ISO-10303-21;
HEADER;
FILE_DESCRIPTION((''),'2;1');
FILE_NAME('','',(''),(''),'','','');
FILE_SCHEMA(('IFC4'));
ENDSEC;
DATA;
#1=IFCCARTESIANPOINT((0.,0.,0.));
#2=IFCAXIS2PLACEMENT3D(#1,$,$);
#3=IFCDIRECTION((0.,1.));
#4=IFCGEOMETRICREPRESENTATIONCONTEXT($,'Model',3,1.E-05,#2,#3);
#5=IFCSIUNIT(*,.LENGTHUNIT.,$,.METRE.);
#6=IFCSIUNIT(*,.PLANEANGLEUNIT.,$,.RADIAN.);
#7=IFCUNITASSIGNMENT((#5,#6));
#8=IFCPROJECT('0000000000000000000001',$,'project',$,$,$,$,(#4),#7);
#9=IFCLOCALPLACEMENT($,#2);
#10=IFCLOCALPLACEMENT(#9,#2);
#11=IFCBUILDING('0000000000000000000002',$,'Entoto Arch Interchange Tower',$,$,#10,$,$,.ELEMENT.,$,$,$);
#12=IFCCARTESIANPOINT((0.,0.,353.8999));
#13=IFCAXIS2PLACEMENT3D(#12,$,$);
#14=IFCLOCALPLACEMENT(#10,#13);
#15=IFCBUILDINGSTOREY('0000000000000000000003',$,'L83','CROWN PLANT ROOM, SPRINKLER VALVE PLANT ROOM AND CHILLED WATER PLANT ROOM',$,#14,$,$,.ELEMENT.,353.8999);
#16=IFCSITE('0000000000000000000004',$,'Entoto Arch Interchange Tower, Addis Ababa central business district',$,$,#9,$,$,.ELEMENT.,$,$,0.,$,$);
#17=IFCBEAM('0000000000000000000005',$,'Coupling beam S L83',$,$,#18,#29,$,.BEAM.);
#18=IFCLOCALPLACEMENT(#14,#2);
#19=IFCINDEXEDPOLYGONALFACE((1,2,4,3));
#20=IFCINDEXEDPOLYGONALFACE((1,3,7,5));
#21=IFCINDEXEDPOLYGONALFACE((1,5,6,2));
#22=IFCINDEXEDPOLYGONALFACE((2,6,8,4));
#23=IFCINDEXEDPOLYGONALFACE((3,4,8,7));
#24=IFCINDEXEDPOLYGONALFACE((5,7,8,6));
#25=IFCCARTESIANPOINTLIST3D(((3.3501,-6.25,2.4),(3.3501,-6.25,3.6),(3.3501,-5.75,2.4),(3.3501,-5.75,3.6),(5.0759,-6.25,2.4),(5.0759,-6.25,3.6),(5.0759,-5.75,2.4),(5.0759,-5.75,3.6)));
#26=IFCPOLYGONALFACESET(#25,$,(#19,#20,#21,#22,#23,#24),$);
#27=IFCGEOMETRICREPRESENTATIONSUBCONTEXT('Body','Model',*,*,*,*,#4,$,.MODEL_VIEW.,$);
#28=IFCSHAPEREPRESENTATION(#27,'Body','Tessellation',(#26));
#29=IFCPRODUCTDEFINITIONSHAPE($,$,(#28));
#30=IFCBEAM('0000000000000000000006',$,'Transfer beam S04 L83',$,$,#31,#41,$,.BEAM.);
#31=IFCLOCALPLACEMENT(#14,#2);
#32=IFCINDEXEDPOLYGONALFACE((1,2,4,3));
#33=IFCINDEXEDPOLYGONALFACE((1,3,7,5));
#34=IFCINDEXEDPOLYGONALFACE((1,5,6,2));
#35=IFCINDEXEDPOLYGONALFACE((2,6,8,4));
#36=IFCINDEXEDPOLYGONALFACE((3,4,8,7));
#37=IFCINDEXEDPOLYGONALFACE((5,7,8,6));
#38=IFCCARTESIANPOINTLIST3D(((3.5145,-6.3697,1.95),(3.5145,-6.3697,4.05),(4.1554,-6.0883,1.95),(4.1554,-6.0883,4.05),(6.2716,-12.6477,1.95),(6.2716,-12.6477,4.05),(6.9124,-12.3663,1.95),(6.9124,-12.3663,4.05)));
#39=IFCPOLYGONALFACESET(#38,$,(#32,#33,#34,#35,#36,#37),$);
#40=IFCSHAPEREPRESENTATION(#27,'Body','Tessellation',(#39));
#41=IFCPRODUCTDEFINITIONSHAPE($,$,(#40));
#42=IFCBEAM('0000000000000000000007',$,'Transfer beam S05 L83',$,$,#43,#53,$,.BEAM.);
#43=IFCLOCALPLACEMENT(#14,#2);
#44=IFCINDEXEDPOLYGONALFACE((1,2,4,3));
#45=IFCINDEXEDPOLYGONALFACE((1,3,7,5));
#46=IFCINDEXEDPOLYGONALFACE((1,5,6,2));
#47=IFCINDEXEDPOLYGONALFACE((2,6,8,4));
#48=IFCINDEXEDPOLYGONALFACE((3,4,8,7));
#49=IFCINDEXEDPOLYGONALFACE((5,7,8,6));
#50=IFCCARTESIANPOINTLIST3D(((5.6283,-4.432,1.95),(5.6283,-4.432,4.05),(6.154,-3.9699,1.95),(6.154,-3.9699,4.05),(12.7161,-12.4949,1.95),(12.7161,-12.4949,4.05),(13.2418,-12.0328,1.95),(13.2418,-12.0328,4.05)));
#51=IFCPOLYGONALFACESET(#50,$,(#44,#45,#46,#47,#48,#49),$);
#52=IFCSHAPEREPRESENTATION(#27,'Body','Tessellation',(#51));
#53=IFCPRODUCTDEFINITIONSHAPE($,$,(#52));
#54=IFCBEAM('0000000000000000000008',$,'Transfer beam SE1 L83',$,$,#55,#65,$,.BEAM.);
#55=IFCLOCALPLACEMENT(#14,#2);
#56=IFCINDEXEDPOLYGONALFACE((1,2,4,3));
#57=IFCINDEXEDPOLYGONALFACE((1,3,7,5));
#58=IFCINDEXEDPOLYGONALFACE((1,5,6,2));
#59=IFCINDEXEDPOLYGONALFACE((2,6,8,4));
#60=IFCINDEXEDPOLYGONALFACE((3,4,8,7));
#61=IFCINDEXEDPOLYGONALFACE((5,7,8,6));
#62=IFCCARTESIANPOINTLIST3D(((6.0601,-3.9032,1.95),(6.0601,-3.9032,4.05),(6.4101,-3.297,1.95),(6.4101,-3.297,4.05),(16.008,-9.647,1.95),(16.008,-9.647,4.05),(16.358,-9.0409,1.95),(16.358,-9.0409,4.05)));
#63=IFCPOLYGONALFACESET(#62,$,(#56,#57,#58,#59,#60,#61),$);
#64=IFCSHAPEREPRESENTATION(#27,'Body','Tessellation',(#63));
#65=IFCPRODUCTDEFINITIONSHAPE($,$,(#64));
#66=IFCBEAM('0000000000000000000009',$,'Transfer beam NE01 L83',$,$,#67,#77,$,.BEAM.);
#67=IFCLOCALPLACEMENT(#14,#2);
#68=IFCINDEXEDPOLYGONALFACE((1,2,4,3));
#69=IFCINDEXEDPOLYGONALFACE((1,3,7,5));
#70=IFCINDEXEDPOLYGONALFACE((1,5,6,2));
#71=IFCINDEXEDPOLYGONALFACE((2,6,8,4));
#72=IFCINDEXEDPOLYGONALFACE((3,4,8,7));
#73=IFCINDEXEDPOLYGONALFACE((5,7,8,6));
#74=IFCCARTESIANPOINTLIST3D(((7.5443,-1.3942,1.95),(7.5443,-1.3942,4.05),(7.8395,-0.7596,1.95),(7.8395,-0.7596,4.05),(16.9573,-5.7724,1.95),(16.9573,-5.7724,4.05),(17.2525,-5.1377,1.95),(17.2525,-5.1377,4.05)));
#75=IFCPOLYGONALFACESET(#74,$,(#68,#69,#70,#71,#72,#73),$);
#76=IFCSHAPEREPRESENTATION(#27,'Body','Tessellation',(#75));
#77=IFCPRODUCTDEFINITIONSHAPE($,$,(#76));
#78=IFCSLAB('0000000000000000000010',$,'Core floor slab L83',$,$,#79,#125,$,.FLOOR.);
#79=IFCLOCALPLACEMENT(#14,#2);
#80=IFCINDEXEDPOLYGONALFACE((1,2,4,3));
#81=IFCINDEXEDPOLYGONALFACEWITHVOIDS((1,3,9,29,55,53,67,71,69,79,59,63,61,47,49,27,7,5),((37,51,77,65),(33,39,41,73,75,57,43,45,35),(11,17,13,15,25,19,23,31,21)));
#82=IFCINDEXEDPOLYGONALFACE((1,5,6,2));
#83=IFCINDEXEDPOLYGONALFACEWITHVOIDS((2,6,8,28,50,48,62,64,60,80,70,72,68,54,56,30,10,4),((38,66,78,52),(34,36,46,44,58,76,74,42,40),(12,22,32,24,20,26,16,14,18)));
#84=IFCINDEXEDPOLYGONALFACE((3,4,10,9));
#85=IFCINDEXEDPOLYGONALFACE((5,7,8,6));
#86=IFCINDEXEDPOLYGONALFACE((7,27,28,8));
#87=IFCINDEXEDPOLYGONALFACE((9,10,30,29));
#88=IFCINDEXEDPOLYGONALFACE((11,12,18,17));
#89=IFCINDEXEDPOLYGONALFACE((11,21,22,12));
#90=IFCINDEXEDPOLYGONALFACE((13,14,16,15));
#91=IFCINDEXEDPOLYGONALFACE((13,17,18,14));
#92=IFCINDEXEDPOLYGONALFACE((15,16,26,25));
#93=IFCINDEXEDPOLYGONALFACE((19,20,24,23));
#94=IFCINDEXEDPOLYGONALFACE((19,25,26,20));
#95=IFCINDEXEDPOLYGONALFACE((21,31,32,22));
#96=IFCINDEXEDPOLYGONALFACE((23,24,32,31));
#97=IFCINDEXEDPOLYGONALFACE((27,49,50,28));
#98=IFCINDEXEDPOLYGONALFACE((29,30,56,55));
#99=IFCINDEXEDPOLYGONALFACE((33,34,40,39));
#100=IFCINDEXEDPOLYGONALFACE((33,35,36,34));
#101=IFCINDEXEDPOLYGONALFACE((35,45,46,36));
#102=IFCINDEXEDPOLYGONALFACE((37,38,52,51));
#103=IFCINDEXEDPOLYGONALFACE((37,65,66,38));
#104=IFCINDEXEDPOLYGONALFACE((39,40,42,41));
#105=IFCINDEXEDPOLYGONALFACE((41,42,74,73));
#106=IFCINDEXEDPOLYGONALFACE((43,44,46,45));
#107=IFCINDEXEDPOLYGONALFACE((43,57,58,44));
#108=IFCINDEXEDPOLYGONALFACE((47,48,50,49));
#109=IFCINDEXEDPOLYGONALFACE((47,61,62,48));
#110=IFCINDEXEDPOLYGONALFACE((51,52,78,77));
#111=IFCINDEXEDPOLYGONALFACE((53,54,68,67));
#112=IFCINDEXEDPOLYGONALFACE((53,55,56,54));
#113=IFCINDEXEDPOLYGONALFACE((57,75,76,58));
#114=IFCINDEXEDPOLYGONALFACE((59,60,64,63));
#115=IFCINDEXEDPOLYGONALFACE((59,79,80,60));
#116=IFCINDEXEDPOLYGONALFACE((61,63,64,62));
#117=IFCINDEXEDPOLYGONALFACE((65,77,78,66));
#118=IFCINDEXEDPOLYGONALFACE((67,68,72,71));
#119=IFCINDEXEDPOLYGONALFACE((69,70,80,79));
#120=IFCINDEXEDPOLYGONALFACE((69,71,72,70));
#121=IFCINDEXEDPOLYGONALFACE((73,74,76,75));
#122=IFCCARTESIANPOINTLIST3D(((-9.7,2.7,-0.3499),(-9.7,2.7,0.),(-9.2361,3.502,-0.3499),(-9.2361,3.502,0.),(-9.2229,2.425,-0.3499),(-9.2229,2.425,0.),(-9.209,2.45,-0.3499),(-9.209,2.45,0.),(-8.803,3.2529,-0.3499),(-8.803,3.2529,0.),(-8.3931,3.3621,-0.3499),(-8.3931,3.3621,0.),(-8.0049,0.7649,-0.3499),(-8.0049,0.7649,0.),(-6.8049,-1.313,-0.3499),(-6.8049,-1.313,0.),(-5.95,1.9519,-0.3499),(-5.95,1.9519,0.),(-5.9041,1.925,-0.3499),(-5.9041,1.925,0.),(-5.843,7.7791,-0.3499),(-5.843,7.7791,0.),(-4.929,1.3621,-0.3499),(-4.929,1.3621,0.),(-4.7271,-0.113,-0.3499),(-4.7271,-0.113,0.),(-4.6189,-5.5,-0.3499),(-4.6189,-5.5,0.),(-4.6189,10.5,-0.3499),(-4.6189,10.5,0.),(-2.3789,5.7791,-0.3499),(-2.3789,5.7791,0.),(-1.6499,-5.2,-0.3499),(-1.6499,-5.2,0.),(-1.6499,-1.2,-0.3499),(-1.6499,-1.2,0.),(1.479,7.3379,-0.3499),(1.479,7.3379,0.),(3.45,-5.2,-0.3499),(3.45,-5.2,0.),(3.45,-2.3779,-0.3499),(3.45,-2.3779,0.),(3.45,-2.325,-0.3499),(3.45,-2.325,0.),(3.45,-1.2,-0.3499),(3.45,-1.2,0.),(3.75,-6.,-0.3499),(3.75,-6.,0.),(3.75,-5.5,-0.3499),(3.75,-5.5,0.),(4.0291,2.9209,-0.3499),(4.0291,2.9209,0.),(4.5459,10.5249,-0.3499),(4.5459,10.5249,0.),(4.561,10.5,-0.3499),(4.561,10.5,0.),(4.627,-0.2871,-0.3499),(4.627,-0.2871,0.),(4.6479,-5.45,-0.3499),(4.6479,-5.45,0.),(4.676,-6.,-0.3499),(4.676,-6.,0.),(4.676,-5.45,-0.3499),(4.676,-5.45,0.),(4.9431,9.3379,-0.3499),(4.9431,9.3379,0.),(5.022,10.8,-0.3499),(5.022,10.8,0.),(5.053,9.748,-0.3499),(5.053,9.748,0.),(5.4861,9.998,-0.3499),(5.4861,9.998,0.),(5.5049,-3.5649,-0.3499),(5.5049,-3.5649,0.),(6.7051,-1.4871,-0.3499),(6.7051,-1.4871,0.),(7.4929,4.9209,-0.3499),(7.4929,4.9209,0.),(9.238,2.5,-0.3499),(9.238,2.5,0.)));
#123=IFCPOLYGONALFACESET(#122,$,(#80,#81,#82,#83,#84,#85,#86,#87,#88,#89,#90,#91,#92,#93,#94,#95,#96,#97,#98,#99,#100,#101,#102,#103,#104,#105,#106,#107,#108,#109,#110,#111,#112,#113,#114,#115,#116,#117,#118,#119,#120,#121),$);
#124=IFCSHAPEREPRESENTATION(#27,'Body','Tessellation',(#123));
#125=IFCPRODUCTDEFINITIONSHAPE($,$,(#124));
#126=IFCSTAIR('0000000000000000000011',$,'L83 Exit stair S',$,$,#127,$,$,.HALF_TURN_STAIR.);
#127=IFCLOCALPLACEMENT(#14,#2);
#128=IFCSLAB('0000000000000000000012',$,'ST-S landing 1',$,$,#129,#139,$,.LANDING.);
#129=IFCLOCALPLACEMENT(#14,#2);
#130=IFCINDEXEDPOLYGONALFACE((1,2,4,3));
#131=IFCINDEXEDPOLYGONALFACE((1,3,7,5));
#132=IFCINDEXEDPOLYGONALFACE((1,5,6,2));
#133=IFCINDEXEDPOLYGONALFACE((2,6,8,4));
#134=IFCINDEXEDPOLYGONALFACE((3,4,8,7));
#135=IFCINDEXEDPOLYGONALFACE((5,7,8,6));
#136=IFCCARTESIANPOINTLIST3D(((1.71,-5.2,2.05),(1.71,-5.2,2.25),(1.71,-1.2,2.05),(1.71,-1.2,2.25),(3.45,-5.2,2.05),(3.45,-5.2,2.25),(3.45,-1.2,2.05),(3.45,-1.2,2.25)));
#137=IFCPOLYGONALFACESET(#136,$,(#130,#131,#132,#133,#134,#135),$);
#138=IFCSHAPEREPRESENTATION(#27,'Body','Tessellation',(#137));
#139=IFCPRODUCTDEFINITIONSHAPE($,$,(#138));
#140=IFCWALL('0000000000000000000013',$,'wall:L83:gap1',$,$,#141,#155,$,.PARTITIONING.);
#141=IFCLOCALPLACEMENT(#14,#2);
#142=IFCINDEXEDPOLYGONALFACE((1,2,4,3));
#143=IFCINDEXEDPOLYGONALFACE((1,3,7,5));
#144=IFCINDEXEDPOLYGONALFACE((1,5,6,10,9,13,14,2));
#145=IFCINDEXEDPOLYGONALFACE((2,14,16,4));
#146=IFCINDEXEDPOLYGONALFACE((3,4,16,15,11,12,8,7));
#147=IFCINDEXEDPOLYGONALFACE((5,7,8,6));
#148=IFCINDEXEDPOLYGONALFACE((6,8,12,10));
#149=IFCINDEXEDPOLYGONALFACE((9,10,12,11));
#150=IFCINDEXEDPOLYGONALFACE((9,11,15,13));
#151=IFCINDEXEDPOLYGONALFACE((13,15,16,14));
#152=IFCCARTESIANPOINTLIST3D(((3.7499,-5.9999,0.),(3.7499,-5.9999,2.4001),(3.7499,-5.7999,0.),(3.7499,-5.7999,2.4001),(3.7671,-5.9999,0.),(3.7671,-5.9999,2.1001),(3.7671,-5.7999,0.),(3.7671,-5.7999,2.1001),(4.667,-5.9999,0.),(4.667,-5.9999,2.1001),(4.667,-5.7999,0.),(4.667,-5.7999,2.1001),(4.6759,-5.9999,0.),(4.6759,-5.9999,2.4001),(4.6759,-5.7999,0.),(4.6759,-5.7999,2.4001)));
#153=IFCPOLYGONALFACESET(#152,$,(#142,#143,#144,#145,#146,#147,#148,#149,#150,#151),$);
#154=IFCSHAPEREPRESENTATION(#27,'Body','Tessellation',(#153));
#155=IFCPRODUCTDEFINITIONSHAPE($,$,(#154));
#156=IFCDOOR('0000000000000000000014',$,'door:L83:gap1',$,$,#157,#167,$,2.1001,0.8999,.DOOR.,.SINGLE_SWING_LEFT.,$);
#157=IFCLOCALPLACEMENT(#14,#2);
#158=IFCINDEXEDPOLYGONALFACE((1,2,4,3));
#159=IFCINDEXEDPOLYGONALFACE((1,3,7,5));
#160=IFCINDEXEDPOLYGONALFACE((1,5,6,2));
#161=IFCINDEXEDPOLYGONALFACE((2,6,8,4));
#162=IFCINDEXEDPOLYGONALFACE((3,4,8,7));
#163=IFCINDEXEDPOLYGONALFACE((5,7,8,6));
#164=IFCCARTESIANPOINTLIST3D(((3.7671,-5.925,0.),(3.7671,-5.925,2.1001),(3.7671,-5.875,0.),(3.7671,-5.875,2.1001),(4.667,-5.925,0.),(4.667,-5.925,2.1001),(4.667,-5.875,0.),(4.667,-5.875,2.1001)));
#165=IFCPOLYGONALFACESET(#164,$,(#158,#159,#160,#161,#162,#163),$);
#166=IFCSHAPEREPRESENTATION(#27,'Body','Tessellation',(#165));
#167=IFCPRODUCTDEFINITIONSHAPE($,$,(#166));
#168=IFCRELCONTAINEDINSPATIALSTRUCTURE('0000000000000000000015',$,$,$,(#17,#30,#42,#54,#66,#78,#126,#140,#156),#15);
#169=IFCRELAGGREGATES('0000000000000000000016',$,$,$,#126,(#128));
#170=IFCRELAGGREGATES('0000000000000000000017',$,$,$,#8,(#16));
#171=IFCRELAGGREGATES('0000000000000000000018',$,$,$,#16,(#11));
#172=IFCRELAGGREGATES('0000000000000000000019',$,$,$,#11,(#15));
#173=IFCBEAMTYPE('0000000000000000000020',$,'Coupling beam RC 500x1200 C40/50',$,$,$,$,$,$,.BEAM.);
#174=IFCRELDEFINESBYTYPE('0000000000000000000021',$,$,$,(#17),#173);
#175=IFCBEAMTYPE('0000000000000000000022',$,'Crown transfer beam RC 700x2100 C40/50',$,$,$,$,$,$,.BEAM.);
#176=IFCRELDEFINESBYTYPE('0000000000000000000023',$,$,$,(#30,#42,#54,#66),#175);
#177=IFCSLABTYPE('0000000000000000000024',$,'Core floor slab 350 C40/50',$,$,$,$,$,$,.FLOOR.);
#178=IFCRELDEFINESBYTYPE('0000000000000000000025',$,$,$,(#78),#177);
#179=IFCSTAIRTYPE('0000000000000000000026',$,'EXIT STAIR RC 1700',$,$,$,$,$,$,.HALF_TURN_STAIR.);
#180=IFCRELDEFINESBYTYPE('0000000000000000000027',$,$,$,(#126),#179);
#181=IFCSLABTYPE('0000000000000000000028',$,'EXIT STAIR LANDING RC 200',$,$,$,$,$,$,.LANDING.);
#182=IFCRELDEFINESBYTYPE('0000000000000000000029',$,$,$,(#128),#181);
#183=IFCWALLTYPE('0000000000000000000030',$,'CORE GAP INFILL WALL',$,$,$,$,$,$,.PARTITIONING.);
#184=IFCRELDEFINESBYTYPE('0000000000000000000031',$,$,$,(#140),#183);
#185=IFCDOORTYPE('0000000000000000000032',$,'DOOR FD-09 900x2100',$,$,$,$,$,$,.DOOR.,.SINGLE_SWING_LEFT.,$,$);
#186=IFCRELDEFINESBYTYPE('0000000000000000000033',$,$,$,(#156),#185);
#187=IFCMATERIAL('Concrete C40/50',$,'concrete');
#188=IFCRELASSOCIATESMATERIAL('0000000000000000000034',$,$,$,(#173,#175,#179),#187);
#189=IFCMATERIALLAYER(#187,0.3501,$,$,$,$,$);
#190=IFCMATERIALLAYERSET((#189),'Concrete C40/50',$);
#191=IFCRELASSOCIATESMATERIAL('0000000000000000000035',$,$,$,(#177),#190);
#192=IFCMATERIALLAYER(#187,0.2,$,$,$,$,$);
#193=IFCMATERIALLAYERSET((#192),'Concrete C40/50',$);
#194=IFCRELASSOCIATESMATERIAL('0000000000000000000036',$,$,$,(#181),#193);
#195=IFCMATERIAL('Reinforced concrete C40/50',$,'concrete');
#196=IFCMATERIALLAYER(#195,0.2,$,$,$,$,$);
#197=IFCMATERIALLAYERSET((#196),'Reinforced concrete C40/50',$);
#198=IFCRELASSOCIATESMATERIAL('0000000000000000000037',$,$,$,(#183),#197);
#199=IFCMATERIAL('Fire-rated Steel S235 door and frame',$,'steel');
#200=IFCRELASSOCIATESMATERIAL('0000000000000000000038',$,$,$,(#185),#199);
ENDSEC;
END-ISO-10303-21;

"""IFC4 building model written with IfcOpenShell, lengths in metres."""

from ifc_helpers import new_model, si_unit, direction, frame, frame_2d, origin, origin_2d, place, context, subcontext, project, spatial, polyline, rectangle, outline, extrude, material, layer, layer_set, material_profile, profile_set, type_object, element, fill, aggregate, save


model = new_model("IFC4")

# Units and contexts
model_context = context("Model", 3, precision=1e-05, world=origin(), true_north=direction((0.0, 1.0)))
body_context = subcontext(model_context, "Body", "Model", "MODEL_VIEW")
ifc_project = project(units=[si_unit("LENGTHUNIT", "METRE"), si_unit("PLANEANGLEUNIT", "RADIAN")], contexts=[model_context])

# Site, building, storey
site_placement = place(None, origin())
site = spatial("IfcSite", under=ifc_project, at=site_placement, Name="Entoto Arch Interchange Tower, Addis Ababa central business district", CompositionType="ELEMENT", RefElevation=0.0)
building_placement = place(site_placement, origin())
building = spatial("IfcBuilding", under=site, at=building_placement, Name="Entoto Arch Interchange Tower", CompositionType="ELEMENT")
storey_placement = place(building_placement, frame((0.0, 0.0, 353.8999)))
storey = spatial("IfcBuildingStorey", under=building, at=storey_placement, Name="L83", Description="CROWN PLANT ROOM, SPRINKLER VALVE PLANT ROOM AND CHILLED WATER PLANT ROOM", CompositionType="ELEMENT", Elevation=353.8999)

# Beams
ifc_material_1 = material(Name="Concrete C40/50", Category="concrete")
ifc_material_profile_1 = material_profile(ifc_material_1, rectangle(XDim=0.5, YDim=1.2, at=origin_2d()))
ifc_profile_set_1 = profile_set([ifc_material_profile_1], Name="Concrete C40/50")
beam_type_1 = type_object("IfcBeamType", Name="Coupling beam RC 500x1200 C40/50", PredefinedType="BEAM", material=ifc_profile_set_1)
beam_1_placement = place(storey_placement, frame((3.3501, -6.0, 3.0), z_axis=(1.0, 0.0, 0.0), x_axis=(0.0, 1.0, 0.0)))
element("IfcBeam", 1, at=beam_1_placement, inside=storey, type_object=beam_type_1, Name="Coupling beam S L83", PredefinedType="BEAM", context=body_context, shape_type="SweptSolid", body=[
    extrude(rectangle(XDim=0.5, YDim=1.2, at=origin_2d()), origin(), (0.0, 0.0, 1.0), 1.7258),
])
ifc_material_profile_2 = material_profile(ifc_material_1, rectangle(XDim=0.7, YDim=2.1001, at=origin_2d()))
ifc_profile_set_2 = profile_set([ifc_material_profile_2], Name="Concrete C40/50")
beam_type_2 = type_object("IfcBeamType", Name="Crown transfer beam RC 700x2100 C40/50", PredefinedType="BEAM", material=ifc_profile_set_2)
beam_2_placement = place(storey_placement, frame((3.835, -6.229, 3.0), z_axis=(0.402094, -0.915598, 0.0), x_axis=(0.915598, 0.402094, 0.0)))
element("IfcBeam", 2, at=beam_2_placement, inside=storey, type_object=beam_type_2, Name="Transfer beam S04 L83", PredefinedType="BEAM", context=body_context, shape_type="SweptSolid", body=[
    extrude(rectangle(XDim=0.7, YDim=2.1001, at=origin_2d()), origin(), (0.0, 0.0, 1.0), 6.8567),
])
beam_3_placement = place(storey_placement, frame((5.8911, -4.2009, 3.0), z_axis=(0.660232, -0.751062, 0.0), x_axis=(0.751062, 0.660232, 0.0)))
element("IfcBeam", 3, at=beam_3_placement, inside=storey, type_object=beam_type_2, Name="Transfer beam S05 L83", PredefinedType="BEAM", context=body_context, shape_type="SweptSolid", body=[
    extrude(rectangle(XDim=0.7, YDim=2.1001, at=origin_2d()), origin(), (0.0, 0.0, 1.0), 10.7354),
])
beam_4_placement = place(storey_placement, frame((6.2351, -3.6001, 3.0), z_axis=(0.86601, -0.500027, 0.0), x_axis=(0.500027, 0.86601, 0.0)))
element("IfcBeam", 4, at=beam_4_placement, inside=storey, type_object=beam_type_2, Name="Transfer beam SE1 L83", PredefinedType="BEAM", context=body_context, shape_type="SweptSolid", body=[
    extrude(rectangle(XDim=0.7, YDim=2.1001, at=origin_2d()), origin(), (0.0, 0.0, 1.0), 11.4871),
])
beam_5_placement = place(storey_placement, frame((7.6919, -1.0769, 3.0), z_axis=(0.906721, -0.42173, 0.0), x_axis=(0.42173, 0.906721, 0.0)))
element("IfcBeam", 5, at=beam_5_placement, inside=storey, type_object=beam_type_2, Name="Transfer beam NE01 L83", PredefinedType="BEAM", context=body_context, shape_type="SweptSolid", body=[
    extrude(rectangle(XDim=0.7, YDim=2.1001, at=origin_2d()), origin(), (0.0, 0.0, 1.0), 10.3813),
])

# Slab
ifc_layer_1 = layer(ifc_material_1, 0.3501)
ifc_layer_set_1 = layer_set([ifc_layer_1], Name="Concrete C40/50")
slab_type_1 = type_object("IfcSlabType", Name="Core floor slab 350 C40/50", PredefinedType="FLOOR", material=ifc_layer_set_1)
slab_1_placement = place(storey_placement, frame((0.0, 0.0, -0.3499)))
element("IfcSlab", 6, at=slab_1_placement, inside=storey, type_object=slab_type_1, Name="Core floor slab L83", PredefinedType="FLOOR", context=body_context, shape_type="SweptSolid", body=[
    extrude(outline(polyline([(-9.209, 2.45), (-9.2229, 2.425), (-9.7, 2.7), (-9.2361, 3.502), (-8.803, 3.2529), (-4.6189, 10.5), (4.561, 10.5), (4.5459, 10.5249), (5.022, 10.8), (5.4861, 9.998), (5.053, 9.748), (9.238, 2.5), (4.6479, -5.45), (4.676, -5.45), (4.676, -6.0), (3.75, -6.0), (3.75, -5.5), (-4.6189, -5.5), (-9.209, 2.45)]), holes=[polyline([(5.5049, -3.5649), (6.7051, -1.4871), (4.627, -0.2871), (3.45, -2.325), (3.45, -1.2), (-1.6499, -1.2), (-1.6499, -5.2), (3.45, -5.2), (3.45, -2.3779), (5.5049, -3.5649)]), polyline([(-4.929, 1.3621), (-2.3789, 5.7791), (-5.843, 7.7791), (-8.3931, 3.3621), (-5.95, 1.9519), (-8.0049, 0.7649), (-6.8049, -1.313), (-4.7271, -0.113), (-5.9041, 1.925), (-4.929, 1.3621)]), polyline([(7.4929, 4.9209), (4.9431, 9.3379), (1.479, 7.3379), (4.0291, 2.9209), (7.4929, 4.9209)])]), origin(), (0.0, 0.0, 1.0), 0.3499),
])

# Stair, slab
stair_type = type_object("IfcStairType", Name="EXIT STAIR RC 1700", PredefinedType="HALF_TURN_STAIR", material=ifc_material_1)
stair_placement = place(storey_placement, origin())
stair = element("IfcStair", 7, at=stair_placement, inside=storey, type_object=stair_type, Name="L83 Exit stair S", PredefinedType="HALF_TURN_STAIR")
ifc_layer_2 = layer(ifc_material_1, 0.2)
ifc_layer_set_2 = layer_set([ifc_layer_2], Name="Concrete C40/50")
slab_type_2 = type_object("IfcSlabType", Name="EXIT STAIR LANDING RC 200", PredefinedType="LANDING", material=ifc_layer_set_2)
slab_2_placement = place(storey_placement, frame((0.0, 0.0, 2.05)))
slab_2 = element("IfcSlab", 8, at=slab_2_placement, type_object=slab_type_2, Name="ST-S landing 1", PredefinedType="LANDING", context=body_context, shape_type="SweptSolid", body=[
    extrude(outline(polyline([(1.71, -5.2), (3.45, -5.2), (3.45, -1.2), (1.71, -1.2), (1.71, -5.2)])), origin(), (0.0, 0.0, 1.0), 0.2),
])

# Wall, opening, door
ifc_material_2 = material(Name="Reinforced concrete C40/50", Category="concrete")
ifc_layer_3 = layer(ifc_material_2, 0.2)
ifc_layer_set_3 = layer_set([ifc_layer_3], Name="Reinforced concrete C40/50")
wall_type_1 = type_object("IfcWallType", Name="CORE GAP INFILL WALL", PredefinedType="PARTITIONING", material=ifc_layer_set_3)
wall_1_placement = place(storey_placement, frame((3.75, -5.8999, 0.0), z_axis=(0.0, 0.0, 1.0), x_axis=(1.0, 0.0, 0.0)))
wall_1 = element("IfcWall", 9, at=wall_1_placement, inside=storey, type_object=wall_type_1, Name="wall:L83:gap1", PredefinedType="PARTITIONING", context=body_context, shape_type="SweptSolid", body=[
    extrude(rectangle(XDim=0.926, YDim=0.2, at=frame_2d((0.4629, 0.0))), origin(), (0.0, 0.0, 1.0), 2.4001),
])
opening_1_placement = place(wall_1_placement, frame((0.0171, 0.0, 0.0)))
opening_1 = element("IfcOpeningElement", 10, at=opening_1_placement, cuts=wall_1, PredefinedType="OPENING", context=body_context, shape_type="SweptSolid", body=[
    extrude(rectangle(XDim=0.8999, YDim=2.1001, at=frame_2d((0.45, 1.05))), frame((0.0, 0.1099, 0.0), z_axis=(0.0, -1.0, 0.0), x_axis=(1.0, 0.0, 0.0)), (0.0, 0.0, 1.0), 0.22),
])
ifc_material_3 = material(Name="Fire-rated Steel S235 door and frame", Category="steel")
door_type_1 = type_object("IfcDoorType", Name="DOOR FD-09 900x2100", OperationType="SINGLE_SWING_LEFT", PredefinedType="DOOR", material=ifc_material_3)
door_1_placement = place(opening_1_placement, origin())
door_1 = element("IfcDoor", 11, at=door_1_placement, inside=storey, type_object=door_type_1, Name="door:L83:gap1", OperationType="SINGLE_SWING_LEFT", OverallHeight=2.1001, OverallWidth=0.8999, PredefinedType="DOOR", context=body_context, shape_type="SweptSolid", body=[
    extrude(rectangle(XDim=0.8999, YDim=2.1001, at=frame_2d((0.45, 1.05))), frame((0.0, 0.0249, 0.0), z_axis=(0.0, -1.0, 0.0), x_axis=(1.0, 0.0, 0.0)), (0.0, 0.0, 1.0), 0.05),
])
fill(opening_1, door_1)

aggregate(stair, [slab_2])

save(model, "model.ifc")
